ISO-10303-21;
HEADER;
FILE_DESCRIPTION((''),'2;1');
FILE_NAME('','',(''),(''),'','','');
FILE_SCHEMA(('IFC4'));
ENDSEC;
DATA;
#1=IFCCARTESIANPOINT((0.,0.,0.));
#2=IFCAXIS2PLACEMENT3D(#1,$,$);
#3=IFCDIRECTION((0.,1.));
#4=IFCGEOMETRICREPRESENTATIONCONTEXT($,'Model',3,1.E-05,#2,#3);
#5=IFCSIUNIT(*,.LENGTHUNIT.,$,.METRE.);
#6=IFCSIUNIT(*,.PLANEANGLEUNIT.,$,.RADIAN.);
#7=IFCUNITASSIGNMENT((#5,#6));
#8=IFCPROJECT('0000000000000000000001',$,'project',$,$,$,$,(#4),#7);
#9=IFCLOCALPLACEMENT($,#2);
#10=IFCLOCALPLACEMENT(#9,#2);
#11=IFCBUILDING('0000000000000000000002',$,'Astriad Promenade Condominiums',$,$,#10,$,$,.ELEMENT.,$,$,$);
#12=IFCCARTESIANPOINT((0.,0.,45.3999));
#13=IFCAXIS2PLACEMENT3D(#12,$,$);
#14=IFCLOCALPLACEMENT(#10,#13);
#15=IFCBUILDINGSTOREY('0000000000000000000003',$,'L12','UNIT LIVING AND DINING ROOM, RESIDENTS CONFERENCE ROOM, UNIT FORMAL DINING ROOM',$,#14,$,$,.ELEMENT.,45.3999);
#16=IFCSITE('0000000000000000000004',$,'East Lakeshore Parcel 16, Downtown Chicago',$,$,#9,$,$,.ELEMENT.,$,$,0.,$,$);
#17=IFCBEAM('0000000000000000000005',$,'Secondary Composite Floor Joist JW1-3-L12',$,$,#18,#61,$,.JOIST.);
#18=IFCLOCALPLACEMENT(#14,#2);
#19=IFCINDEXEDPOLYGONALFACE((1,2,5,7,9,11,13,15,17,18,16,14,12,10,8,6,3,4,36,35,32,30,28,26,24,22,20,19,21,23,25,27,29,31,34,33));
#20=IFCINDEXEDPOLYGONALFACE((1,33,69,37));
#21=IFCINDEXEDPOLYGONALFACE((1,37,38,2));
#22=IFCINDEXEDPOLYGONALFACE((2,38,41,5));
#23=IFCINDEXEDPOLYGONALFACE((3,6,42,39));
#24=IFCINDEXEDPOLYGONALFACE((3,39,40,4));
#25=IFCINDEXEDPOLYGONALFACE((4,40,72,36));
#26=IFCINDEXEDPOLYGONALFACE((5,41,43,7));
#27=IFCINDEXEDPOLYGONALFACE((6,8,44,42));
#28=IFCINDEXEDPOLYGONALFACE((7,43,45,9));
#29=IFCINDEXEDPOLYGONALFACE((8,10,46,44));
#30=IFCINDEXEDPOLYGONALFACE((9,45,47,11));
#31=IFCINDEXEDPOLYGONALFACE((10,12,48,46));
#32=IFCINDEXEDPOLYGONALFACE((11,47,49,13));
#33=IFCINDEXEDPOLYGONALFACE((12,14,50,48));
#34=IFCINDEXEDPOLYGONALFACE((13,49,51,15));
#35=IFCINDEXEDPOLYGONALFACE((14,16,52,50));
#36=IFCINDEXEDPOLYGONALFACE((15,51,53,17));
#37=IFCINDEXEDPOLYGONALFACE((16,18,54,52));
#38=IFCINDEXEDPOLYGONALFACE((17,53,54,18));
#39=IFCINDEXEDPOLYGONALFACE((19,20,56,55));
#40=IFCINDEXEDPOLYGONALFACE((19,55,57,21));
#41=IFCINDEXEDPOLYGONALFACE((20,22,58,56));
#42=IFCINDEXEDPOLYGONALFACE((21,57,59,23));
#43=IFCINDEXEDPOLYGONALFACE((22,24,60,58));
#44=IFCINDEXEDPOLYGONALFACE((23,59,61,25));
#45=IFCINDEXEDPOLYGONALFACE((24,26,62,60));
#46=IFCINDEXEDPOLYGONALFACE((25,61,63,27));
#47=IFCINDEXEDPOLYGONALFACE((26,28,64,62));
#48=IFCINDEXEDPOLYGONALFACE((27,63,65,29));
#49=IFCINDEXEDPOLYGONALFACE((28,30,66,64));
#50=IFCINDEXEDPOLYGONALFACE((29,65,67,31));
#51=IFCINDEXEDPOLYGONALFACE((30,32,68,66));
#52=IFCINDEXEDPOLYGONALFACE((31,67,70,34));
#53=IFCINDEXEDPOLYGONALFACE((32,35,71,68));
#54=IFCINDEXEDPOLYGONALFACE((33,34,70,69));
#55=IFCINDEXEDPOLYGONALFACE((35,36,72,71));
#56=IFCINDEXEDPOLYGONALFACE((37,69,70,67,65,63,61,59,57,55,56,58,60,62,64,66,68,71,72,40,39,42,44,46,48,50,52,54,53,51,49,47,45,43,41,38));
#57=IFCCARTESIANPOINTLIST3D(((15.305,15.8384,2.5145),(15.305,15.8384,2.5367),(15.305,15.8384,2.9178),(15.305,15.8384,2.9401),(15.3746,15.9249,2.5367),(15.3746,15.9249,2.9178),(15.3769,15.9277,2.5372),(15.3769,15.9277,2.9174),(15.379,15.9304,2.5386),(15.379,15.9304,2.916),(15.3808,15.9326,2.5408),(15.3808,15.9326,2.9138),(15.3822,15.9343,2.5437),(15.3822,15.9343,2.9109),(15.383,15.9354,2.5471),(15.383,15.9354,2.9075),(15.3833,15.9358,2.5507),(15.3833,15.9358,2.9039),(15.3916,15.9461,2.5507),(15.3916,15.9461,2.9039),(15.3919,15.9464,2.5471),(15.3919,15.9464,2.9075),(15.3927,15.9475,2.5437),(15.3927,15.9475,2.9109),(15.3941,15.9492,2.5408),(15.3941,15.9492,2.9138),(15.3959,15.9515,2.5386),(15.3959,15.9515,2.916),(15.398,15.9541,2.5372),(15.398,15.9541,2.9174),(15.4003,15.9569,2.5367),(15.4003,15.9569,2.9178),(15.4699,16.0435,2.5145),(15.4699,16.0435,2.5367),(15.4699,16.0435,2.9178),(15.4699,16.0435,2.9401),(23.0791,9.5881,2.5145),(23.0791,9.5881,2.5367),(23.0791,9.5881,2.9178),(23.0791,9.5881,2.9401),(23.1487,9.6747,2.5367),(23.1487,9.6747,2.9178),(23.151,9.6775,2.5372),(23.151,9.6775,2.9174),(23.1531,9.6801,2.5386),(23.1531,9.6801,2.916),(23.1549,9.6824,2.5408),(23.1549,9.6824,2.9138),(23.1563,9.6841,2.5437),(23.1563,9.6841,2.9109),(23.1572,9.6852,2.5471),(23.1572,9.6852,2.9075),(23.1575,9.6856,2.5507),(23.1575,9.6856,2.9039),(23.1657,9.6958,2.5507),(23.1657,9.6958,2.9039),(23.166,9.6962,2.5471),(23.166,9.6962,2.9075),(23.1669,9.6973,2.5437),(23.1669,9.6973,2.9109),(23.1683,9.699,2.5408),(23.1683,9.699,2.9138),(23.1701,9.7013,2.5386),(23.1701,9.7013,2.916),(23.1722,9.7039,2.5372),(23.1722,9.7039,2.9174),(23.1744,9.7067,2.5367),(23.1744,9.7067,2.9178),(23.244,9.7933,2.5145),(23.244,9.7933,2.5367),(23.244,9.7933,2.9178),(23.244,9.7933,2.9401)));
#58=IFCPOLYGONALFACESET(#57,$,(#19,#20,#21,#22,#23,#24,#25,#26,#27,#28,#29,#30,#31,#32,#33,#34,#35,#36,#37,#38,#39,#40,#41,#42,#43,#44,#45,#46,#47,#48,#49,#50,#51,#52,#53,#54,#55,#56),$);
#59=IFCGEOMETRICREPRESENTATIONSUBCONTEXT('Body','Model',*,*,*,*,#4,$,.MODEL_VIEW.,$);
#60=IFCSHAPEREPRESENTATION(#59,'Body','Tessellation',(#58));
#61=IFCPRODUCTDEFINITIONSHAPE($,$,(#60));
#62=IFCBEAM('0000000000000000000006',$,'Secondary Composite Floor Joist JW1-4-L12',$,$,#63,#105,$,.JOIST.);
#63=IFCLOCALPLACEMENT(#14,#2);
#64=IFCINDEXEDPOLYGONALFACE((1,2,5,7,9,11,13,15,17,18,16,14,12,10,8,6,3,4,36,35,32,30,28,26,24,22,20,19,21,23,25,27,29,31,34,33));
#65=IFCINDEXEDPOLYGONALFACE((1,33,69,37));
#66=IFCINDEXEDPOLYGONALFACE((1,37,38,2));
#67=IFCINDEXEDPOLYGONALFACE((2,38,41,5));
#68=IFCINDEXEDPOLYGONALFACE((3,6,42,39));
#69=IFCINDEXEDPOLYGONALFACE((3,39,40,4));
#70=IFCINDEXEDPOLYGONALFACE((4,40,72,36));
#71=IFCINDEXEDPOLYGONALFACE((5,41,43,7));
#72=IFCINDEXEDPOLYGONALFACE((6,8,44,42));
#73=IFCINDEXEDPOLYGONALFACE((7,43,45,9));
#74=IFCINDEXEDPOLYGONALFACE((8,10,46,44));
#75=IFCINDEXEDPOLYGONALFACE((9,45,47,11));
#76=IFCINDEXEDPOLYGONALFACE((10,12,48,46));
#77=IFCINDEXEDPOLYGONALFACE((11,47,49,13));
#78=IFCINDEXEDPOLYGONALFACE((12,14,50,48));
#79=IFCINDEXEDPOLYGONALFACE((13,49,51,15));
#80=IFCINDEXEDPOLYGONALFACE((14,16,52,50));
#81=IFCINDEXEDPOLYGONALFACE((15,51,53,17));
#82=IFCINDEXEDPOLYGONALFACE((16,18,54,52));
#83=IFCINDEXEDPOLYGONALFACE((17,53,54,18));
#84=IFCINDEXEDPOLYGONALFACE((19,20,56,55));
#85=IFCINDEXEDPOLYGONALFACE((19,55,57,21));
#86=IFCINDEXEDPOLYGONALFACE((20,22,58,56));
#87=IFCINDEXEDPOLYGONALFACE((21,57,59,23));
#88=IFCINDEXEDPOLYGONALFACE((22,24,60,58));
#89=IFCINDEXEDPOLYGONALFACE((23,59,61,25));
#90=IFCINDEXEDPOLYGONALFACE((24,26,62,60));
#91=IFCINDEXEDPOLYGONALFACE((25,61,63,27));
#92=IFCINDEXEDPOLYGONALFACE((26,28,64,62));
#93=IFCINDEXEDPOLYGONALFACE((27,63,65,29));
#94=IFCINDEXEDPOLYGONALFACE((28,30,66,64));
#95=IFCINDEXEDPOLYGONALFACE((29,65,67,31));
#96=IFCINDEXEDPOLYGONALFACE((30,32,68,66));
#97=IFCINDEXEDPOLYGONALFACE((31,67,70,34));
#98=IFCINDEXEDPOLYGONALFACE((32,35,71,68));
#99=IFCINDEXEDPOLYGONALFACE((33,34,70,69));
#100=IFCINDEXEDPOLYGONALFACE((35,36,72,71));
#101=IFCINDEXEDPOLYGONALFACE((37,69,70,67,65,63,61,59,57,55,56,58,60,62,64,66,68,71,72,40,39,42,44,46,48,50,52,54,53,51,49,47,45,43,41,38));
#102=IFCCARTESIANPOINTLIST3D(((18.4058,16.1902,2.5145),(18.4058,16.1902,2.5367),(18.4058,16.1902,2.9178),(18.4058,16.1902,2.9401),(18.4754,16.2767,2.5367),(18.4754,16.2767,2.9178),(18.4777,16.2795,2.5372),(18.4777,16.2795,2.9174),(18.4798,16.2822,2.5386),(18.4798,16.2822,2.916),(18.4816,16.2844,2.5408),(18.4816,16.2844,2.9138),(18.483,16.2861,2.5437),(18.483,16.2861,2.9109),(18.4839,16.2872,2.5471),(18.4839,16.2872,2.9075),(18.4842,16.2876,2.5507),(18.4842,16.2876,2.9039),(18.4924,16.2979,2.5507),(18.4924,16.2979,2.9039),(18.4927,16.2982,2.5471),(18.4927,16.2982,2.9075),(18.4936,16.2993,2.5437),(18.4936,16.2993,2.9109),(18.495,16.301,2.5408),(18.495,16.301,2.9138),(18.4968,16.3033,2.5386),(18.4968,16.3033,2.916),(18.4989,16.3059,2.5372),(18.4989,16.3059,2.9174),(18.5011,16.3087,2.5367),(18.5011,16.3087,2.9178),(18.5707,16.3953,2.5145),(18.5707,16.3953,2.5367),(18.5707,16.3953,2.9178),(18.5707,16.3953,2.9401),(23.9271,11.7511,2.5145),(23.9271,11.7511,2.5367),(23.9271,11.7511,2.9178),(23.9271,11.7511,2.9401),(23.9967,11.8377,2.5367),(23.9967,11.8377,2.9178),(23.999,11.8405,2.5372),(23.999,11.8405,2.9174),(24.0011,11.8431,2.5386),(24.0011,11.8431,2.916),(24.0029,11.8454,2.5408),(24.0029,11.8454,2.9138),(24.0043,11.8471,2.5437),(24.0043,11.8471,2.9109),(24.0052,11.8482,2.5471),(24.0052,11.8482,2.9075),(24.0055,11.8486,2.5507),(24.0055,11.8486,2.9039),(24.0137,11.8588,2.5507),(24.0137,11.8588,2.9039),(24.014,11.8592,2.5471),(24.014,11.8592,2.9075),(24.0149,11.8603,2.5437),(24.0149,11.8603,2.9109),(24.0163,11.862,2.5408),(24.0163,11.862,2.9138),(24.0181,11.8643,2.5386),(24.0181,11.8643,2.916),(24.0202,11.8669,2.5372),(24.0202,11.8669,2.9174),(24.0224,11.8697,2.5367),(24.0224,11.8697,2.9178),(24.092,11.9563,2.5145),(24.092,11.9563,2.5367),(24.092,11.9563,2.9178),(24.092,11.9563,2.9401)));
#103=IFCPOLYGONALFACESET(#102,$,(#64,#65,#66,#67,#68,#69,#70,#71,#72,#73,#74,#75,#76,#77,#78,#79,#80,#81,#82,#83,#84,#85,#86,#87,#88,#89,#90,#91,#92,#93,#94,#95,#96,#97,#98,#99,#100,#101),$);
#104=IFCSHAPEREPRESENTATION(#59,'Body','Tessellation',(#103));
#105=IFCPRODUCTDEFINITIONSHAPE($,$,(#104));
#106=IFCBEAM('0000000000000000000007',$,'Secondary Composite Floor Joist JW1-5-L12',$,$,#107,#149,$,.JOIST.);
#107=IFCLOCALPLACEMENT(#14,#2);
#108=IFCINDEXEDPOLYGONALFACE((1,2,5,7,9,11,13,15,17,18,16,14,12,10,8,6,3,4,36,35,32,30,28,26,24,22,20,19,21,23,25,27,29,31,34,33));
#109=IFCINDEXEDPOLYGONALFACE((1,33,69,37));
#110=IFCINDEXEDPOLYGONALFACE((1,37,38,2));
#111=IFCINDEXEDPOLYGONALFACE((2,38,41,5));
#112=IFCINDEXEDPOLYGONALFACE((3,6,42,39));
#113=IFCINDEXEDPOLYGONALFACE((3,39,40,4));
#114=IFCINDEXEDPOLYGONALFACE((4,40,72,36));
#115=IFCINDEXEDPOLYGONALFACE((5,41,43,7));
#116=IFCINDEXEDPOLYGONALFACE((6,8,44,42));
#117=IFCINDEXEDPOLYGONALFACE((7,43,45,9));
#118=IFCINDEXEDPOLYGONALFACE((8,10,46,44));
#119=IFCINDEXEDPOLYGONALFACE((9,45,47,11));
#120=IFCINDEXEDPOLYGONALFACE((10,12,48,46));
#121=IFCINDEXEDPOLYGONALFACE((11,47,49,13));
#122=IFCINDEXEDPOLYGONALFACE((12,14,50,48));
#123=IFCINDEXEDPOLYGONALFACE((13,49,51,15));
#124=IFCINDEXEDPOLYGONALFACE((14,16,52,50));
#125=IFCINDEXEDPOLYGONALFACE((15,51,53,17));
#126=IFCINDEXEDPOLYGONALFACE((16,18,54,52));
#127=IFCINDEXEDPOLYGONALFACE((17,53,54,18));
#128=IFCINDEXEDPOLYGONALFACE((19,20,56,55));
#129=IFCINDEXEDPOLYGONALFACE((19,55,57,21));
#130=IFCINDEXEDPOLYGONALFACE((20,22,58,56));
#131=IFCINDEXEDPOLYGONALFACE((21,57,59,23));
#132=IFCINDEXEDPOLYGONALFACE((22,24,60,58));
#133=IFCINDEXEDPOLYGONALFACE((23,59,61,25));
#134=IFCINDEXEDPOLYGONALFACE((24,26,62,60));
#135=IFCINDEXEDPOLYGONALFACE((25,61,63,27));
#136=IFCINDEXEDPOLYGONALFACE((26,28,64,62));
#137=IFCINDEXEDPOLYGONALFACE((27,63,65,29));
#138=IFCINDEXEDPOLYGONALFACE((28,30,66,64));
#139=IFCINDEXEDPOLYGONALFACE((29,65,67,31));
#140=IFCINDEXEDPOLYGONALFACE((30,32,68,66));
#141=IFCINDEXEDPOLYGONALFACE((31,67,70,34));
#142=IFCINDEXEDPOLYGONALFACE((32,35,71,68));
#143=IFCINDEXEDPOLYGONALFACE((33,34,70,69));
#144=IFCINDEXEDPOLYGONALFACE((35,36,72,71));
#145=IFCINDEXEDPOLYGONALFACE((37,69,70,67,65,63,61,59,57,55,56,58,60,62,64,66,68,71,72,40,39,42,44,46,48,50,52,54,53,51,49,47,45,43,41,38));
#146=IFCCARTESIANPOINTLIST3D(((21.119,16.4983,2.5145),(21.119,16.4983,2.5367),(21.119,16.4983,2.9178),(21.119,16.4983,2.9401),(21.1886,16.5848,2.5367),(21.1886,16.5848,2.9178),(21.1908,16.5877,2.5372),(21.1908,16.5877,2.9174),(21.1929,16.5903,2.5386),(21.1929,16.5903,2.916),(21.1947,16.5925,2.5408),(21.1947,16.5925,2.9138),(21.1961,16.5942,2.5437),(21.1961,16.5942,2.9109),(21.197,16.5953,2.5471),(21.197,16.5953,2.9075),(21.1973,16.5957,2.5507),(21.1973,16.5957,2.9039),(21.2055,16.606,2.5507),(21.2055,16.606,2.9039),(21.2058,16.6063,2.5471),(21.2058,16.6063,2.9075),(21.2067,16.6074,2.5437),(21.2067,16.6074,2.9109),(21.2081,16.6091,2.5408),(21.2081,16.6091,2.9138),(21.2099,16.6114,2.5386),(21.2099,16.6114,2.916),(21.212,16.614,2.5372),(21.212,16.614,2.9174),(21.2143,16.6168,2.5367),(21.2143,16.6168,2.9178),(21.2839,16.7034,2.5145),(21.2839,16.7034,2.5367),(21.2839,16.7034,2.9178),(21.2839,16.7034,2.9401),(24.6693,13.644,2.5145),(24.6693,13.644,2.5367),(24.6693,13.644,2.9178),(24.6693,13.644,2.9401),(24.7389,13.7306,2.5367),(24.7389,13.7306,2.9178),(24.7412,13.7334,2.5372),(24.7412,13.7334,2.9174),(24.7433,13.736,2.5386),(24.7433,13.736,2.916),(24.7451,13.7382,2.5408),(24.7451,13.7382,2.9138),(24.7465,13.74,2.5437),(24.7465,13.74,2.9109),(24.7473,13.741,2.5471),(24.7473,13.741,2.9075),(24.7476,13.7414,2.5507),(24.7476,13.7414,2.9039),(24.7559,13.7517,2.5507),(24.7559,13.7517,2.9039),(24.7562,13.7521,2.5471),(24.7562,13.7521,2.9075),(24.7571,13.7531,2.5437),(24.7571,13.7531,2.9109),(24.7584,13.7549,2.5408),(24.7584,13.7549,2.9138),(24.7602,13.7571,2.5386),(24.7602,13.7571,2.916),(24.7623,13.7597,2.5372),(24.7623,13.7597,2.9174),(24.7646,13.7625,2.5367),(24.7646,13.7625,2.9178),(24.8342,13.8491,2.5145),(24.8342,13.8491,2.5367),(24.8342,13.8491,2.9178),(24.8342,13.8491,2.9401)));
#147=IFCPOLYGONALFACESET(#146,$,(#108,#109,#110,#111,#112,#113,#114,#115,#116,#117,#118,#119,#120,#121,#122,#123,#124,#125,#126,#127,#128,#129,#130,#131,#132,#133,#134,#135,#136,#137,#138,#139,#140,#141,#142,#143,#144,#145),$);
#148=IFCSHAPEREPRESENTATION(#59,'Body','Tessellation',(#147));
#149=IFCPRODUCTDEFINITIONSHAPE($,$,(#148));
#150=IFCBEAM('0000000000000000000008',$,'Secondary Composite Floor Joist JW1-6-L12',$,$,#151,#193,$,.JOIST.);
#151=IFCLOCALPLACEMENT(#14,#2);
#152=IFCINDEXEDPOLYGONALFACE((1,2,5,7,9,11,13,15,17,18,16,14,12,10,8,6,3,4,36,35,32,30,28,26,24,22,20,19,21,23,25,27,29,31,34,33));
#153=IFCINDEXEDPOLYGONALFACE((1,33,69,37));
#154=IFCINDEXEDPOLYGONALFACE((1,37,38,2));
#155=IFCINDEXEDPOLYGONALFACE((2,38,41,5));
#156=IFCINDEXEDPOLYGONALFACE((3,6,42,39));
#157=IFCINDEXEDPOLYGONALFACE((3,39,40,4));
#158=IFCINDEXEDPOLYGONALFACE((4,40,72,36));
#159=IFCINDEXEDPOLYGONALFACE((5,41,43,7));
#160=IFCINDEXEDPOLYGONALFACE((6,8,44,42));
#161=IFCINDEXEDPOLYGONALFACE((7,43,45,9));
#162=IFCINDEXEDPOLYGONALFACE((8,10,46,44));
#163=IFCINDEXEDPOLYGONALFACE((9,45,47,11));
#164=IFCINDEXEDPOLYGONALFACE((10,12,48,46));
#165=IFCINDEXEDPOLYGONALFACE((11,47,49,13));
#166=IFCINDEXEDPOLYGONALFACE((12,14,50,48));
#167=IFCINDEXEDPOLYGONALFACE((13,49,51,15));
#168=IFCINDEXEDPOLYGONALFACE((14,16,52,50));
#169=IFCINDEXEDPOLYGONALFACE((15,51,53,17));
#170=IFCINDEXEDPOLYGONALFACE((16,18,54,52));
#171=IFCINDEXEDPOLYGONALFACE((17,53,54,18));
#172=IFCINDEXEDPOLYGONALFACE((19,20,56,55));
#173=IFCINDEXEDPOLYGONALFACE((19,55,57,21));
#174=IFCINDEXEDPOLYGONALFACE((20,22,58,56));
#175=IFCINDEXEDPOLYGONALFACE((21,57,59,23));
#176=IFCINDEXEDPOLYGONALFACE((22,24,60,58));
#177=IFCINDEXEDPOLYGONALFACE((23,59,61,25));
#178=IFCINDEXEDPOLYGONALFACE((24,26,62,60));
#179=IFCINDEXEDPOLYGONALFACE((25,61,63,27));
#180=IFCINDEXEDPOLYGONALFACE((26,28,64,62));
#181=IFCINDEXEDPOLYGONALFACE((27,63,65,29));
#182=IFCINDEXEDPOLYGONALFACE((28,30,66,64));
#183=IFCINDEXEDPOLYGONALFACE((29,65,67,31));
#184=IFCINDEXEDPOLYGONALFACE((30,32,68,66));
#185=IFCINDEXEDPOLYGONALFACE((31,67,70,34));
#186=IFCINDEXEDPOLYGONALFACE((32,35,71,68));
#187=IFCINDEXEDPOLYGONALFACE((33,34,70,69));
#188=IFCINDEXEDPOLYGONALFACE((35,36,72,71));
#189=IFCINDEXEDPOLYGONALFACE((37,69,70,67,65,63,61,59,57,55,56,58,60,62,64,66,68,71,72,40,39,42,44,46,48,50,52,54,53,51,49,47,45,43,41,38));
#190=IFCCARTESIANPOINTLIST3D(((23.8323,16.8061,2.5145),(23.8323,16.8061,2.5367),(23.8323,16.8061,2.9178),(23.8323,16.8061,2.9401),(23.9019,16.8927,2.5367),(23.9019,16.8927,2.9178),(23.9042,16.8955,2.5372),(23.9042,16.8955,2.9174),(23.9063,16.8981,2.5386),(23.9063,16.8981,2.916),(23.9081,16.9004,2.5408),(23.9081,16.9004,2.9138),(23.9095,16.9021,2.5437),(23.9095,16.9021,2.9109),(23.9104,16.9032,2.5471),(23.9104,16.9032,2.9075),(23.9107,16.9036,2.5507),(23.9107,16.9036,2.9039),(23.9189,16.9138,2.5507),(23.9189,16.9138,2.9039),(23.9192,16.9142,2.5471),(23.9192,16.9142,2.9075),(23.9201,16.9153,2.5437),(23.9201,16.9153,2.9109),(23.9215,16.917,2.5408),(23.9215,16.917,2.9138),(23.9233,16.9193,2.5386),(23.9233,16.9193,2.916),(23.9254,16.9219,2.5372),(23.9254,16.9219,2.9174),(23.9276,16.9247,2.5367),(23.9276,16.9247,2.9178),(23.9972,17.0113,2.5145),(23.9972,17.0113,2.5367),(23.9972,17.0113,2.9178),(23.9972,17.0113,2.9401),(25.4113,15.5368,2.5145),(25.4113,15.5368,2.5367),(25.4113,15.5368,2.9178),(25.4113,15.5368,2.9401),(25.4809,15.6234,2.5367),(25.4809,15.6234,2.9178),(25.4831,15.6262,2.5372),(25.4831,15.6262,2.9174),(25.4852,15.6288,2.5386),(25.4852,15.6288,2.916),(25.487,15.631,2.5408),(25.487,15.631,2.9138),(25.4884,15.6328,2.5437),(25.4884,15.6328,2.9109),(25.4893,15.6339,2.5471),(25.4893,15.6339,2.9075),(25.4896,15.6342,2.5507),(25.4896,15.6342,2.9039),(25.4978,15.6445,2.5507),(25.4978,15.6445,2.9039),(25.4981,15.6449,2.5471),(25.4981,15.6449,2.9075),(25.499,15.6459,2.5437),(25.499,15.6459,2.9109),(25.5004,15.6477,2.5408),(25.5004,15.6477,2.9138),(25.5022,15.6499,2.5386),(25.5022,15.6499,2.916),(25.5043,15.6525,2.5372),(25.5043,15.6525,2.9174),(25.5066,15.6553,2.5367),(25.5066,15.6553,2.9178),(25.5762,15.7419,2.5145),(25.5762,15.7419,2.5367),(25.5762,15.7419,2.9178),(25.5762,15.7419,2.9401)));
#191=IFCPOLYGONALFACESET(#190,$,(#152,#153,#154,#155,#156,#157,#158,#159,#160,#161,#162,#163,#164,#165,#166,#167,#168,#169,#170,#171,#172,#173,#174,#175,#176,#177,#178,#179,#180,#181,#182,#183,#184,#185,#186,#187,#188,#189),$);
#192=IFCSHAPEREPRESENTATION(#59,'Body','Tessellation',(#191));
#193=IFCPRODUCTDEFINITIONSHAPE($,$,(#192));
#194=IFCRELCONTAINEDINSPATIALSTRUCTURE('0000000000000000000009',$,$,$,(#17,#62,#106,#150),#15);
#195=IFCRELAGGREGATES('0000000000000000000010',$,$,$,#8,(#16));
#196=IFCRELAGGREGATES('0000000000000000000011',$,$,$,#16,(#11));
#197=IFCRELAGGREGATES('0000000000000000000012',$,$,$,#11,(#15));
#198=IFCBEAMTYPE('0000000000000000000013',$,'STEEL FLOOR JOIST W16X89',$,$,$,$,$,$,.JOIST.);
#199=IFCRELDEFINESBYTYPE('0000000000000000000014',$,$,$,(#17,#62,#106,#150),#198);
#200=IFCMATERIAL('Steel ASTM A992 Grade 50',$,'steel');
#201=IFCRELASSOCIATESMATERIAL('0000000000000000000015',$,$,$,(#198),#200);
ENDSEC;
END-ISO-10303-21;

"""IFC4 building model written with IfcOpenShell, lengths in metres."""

from ifc_helpers import new_model, si_unit, direction, frame, origin, origin_2d, place, context, subcontext, project, spatial, i_section, extrude, source, transform, mapped, material, material_profile, profile_set, type_object, type_shapes, element, save


model = new_model("IFC4")

# Units and contexts
model_context = context("Model", 3, precision=1e-05, world=origin(), true_north=direction((0.0, 1.0)))
body_context = subcontext(model_context, "Body", "Model", "MODEL_VIEW")
ifc_project = project(units=[si_unit("LENGTHUNIT", "METRE"), si_unit("PLANEANGLEUNIT", "RADIAN")], contexts=[model_context])

# Site, building, storey
site_placement = place(None, origin())
site = spatial("IfcSite", under=ifc_project, at=site_placement, Name="East Lakeshore Parcel 16, Downtown Chicago", CompositionType="ELEMENT", RefElevation=0.0)
building_placement = place(site_placement, origin())
building = spatial("IfcBuilding", under=site, at=building_placement, Name="Astriad Promenade Condominiums", CompositionType="ELEMENT")
storey_placement = place(building_placement, frame((0.0, 0.0, 45.3999)))
storey = spatial("IfcBuildingStorey", under=building, at=storey_placement, Name="L12", Description="UNIT LIVING AND DINING ROOM, RESIDENTS CONFERENCE ROOM, UNIT FORMAL DINING ROOM", CompositionType="ELEMENT", Elevation=45.3999)

# Beams
ifc_material_1 = material(Name="Steel ASTM A992 Grade 50", Category="steel")
ifc_material_profile = material_profile(ifc_material_1, i_section(OverallWidth=0.2632, OverallDepth=0.4255, WebThickness=0.0132, FlangeThickness=0.0222, FilletRadius=0.0139, at=origin_2d()), Name="W16X89")
ifc_profile_set = profile_set([ifc_material_profile], Name="Steel ASTM A992 Grade 50")
beam_type = type_object("IfcBeamType", Name="STEEL FLOOR JOIST W16X89", PredefinedType="JOIST", material=ifc_profile_set)
shared_shape_1 = source(origin(), body_context, "Body", "SweptSolid", [
    extrude(i_section(OverallWidth=0.2632, OverallDepth=0.4255, WebThickness=0.0132, FlangeThickness=0.0222, FilletRadius=0.0139, at=origin_2d()), origin(), (0.0, 0.0, 1.0), 9.9751),
])
beam_1_placement = place(storey_placement, frame((15.3875, 15.9409, 2.7273), z_axis=(0.779355, -0.626583, 0.0), x_axis=(0.626583, 0.779355, 0.0)))
element("IfcBeam", 1, at=beam_1_placement, inside=storey, type_object=beam_type, Name="Secondary Composite Floor Joist JW1-3-L12", PredefinedType="JOIST", context=body_context, shape_type="MappedRepresentation", body=[
    mapped(shared_shape_1, transform((0.0, 0.0, 0.0), scale=1.0)),
])
shared_shape_2 = source(origin(), body_context, "Body", "SweptSolid", [
    extrude(i_section(OverallWidth=0.2632, OverallDepth=0.4255, WebThickness=0.0132, FlangeThickness=0.0222, FilletRadius=0.0139, at=origin_2d()), origin(), (0.0, 0.0, 1.0), 7.0845),
])
beam_2_placement = place(storey_placement, frame((18.4883, 16.2927, 2.7273), z_axis=(0.779354, -0.626584, 0.0), x_axis=(0.626584, 0.779354, 0.0)))
element("IfcBeam", 2, at=beam_2_placement, inside=storey, type_object=beam_type, Name="Secondary Composite Floor Joist JW1-4-L12", PredefinedType="JOIST", context=body_context, shape_type="MappedRepresentation", body=[
    mapped(shared_shape_2, transform((0.0, 0.0, 0.0), scale=1.0)),
])
shared_shape_3 = source(origin(), body_context, "Body", "SweptSolid", [
    extrude(i_section(OverallWidth=0.2632, OverallDepth=0.4255, WebThickness=0.0132, FlangeThickness=0.0222, FilletRadius=0.0139, at=origin_2d()), origin(), (0.0, 0.0, 1.0), 4.5554),
])
beam_3_placement = place(storey_placement, frame((21.2014, 16.6008, 2.7273), z_axis=(0.779366, -0.626569, 0.0), x_axis=(0.626569, 0.779366, 0.0)))
element("IfcBeam", 3, at=beam_3_placement, inside=storey, type_object=beam_type, Name="Secondary Composite Floor Joist JW1-5-L12", PredefinedType="JOIST", context=body_context, shape_type="MappedRepresentation", body=[
    mapped(shared_shape_3, transform((0.0, 0.0, 0.0), scale=1.0)),
])
shared_shape_4 = source(origin(), body_context, "Body", "SweptSolid", [
    extrude(i_section(OverallWidth=0.2632, OverallDepth=0.4255, WebThickness=0.0132, FlangeThickness=0.0222, FilletRadius=0.0139, at=origin_2d()), origin(), (0.0, 0.0, 1.0), 2.0259),
])
type_shapes(beam_type, [shared_shape_1, shared_shape_2, shared_shape_3, shared_shape_4])
beam_4_placement = place(storey_placement, frame((23.9148, 16.9087, 2.7273), z_axis=(0.779373, -0.62656, 0.0), x_axis=(0.62656, 0.779373, 0.0)))
element("IfcBeam", 4, at=beam_4_placement, inside=storey, type_object=beam_type, Name="Secondary Composite Floor Joist JW1-6-L12", PredefinedType="JOIST", context=body_context, shape_type="MappedRepresentation", body=[
    mapped(shared_shape_4, transform((0.0, 0.0, 0.0), scale=1.0)),
])

save(model, "model.ifc")
